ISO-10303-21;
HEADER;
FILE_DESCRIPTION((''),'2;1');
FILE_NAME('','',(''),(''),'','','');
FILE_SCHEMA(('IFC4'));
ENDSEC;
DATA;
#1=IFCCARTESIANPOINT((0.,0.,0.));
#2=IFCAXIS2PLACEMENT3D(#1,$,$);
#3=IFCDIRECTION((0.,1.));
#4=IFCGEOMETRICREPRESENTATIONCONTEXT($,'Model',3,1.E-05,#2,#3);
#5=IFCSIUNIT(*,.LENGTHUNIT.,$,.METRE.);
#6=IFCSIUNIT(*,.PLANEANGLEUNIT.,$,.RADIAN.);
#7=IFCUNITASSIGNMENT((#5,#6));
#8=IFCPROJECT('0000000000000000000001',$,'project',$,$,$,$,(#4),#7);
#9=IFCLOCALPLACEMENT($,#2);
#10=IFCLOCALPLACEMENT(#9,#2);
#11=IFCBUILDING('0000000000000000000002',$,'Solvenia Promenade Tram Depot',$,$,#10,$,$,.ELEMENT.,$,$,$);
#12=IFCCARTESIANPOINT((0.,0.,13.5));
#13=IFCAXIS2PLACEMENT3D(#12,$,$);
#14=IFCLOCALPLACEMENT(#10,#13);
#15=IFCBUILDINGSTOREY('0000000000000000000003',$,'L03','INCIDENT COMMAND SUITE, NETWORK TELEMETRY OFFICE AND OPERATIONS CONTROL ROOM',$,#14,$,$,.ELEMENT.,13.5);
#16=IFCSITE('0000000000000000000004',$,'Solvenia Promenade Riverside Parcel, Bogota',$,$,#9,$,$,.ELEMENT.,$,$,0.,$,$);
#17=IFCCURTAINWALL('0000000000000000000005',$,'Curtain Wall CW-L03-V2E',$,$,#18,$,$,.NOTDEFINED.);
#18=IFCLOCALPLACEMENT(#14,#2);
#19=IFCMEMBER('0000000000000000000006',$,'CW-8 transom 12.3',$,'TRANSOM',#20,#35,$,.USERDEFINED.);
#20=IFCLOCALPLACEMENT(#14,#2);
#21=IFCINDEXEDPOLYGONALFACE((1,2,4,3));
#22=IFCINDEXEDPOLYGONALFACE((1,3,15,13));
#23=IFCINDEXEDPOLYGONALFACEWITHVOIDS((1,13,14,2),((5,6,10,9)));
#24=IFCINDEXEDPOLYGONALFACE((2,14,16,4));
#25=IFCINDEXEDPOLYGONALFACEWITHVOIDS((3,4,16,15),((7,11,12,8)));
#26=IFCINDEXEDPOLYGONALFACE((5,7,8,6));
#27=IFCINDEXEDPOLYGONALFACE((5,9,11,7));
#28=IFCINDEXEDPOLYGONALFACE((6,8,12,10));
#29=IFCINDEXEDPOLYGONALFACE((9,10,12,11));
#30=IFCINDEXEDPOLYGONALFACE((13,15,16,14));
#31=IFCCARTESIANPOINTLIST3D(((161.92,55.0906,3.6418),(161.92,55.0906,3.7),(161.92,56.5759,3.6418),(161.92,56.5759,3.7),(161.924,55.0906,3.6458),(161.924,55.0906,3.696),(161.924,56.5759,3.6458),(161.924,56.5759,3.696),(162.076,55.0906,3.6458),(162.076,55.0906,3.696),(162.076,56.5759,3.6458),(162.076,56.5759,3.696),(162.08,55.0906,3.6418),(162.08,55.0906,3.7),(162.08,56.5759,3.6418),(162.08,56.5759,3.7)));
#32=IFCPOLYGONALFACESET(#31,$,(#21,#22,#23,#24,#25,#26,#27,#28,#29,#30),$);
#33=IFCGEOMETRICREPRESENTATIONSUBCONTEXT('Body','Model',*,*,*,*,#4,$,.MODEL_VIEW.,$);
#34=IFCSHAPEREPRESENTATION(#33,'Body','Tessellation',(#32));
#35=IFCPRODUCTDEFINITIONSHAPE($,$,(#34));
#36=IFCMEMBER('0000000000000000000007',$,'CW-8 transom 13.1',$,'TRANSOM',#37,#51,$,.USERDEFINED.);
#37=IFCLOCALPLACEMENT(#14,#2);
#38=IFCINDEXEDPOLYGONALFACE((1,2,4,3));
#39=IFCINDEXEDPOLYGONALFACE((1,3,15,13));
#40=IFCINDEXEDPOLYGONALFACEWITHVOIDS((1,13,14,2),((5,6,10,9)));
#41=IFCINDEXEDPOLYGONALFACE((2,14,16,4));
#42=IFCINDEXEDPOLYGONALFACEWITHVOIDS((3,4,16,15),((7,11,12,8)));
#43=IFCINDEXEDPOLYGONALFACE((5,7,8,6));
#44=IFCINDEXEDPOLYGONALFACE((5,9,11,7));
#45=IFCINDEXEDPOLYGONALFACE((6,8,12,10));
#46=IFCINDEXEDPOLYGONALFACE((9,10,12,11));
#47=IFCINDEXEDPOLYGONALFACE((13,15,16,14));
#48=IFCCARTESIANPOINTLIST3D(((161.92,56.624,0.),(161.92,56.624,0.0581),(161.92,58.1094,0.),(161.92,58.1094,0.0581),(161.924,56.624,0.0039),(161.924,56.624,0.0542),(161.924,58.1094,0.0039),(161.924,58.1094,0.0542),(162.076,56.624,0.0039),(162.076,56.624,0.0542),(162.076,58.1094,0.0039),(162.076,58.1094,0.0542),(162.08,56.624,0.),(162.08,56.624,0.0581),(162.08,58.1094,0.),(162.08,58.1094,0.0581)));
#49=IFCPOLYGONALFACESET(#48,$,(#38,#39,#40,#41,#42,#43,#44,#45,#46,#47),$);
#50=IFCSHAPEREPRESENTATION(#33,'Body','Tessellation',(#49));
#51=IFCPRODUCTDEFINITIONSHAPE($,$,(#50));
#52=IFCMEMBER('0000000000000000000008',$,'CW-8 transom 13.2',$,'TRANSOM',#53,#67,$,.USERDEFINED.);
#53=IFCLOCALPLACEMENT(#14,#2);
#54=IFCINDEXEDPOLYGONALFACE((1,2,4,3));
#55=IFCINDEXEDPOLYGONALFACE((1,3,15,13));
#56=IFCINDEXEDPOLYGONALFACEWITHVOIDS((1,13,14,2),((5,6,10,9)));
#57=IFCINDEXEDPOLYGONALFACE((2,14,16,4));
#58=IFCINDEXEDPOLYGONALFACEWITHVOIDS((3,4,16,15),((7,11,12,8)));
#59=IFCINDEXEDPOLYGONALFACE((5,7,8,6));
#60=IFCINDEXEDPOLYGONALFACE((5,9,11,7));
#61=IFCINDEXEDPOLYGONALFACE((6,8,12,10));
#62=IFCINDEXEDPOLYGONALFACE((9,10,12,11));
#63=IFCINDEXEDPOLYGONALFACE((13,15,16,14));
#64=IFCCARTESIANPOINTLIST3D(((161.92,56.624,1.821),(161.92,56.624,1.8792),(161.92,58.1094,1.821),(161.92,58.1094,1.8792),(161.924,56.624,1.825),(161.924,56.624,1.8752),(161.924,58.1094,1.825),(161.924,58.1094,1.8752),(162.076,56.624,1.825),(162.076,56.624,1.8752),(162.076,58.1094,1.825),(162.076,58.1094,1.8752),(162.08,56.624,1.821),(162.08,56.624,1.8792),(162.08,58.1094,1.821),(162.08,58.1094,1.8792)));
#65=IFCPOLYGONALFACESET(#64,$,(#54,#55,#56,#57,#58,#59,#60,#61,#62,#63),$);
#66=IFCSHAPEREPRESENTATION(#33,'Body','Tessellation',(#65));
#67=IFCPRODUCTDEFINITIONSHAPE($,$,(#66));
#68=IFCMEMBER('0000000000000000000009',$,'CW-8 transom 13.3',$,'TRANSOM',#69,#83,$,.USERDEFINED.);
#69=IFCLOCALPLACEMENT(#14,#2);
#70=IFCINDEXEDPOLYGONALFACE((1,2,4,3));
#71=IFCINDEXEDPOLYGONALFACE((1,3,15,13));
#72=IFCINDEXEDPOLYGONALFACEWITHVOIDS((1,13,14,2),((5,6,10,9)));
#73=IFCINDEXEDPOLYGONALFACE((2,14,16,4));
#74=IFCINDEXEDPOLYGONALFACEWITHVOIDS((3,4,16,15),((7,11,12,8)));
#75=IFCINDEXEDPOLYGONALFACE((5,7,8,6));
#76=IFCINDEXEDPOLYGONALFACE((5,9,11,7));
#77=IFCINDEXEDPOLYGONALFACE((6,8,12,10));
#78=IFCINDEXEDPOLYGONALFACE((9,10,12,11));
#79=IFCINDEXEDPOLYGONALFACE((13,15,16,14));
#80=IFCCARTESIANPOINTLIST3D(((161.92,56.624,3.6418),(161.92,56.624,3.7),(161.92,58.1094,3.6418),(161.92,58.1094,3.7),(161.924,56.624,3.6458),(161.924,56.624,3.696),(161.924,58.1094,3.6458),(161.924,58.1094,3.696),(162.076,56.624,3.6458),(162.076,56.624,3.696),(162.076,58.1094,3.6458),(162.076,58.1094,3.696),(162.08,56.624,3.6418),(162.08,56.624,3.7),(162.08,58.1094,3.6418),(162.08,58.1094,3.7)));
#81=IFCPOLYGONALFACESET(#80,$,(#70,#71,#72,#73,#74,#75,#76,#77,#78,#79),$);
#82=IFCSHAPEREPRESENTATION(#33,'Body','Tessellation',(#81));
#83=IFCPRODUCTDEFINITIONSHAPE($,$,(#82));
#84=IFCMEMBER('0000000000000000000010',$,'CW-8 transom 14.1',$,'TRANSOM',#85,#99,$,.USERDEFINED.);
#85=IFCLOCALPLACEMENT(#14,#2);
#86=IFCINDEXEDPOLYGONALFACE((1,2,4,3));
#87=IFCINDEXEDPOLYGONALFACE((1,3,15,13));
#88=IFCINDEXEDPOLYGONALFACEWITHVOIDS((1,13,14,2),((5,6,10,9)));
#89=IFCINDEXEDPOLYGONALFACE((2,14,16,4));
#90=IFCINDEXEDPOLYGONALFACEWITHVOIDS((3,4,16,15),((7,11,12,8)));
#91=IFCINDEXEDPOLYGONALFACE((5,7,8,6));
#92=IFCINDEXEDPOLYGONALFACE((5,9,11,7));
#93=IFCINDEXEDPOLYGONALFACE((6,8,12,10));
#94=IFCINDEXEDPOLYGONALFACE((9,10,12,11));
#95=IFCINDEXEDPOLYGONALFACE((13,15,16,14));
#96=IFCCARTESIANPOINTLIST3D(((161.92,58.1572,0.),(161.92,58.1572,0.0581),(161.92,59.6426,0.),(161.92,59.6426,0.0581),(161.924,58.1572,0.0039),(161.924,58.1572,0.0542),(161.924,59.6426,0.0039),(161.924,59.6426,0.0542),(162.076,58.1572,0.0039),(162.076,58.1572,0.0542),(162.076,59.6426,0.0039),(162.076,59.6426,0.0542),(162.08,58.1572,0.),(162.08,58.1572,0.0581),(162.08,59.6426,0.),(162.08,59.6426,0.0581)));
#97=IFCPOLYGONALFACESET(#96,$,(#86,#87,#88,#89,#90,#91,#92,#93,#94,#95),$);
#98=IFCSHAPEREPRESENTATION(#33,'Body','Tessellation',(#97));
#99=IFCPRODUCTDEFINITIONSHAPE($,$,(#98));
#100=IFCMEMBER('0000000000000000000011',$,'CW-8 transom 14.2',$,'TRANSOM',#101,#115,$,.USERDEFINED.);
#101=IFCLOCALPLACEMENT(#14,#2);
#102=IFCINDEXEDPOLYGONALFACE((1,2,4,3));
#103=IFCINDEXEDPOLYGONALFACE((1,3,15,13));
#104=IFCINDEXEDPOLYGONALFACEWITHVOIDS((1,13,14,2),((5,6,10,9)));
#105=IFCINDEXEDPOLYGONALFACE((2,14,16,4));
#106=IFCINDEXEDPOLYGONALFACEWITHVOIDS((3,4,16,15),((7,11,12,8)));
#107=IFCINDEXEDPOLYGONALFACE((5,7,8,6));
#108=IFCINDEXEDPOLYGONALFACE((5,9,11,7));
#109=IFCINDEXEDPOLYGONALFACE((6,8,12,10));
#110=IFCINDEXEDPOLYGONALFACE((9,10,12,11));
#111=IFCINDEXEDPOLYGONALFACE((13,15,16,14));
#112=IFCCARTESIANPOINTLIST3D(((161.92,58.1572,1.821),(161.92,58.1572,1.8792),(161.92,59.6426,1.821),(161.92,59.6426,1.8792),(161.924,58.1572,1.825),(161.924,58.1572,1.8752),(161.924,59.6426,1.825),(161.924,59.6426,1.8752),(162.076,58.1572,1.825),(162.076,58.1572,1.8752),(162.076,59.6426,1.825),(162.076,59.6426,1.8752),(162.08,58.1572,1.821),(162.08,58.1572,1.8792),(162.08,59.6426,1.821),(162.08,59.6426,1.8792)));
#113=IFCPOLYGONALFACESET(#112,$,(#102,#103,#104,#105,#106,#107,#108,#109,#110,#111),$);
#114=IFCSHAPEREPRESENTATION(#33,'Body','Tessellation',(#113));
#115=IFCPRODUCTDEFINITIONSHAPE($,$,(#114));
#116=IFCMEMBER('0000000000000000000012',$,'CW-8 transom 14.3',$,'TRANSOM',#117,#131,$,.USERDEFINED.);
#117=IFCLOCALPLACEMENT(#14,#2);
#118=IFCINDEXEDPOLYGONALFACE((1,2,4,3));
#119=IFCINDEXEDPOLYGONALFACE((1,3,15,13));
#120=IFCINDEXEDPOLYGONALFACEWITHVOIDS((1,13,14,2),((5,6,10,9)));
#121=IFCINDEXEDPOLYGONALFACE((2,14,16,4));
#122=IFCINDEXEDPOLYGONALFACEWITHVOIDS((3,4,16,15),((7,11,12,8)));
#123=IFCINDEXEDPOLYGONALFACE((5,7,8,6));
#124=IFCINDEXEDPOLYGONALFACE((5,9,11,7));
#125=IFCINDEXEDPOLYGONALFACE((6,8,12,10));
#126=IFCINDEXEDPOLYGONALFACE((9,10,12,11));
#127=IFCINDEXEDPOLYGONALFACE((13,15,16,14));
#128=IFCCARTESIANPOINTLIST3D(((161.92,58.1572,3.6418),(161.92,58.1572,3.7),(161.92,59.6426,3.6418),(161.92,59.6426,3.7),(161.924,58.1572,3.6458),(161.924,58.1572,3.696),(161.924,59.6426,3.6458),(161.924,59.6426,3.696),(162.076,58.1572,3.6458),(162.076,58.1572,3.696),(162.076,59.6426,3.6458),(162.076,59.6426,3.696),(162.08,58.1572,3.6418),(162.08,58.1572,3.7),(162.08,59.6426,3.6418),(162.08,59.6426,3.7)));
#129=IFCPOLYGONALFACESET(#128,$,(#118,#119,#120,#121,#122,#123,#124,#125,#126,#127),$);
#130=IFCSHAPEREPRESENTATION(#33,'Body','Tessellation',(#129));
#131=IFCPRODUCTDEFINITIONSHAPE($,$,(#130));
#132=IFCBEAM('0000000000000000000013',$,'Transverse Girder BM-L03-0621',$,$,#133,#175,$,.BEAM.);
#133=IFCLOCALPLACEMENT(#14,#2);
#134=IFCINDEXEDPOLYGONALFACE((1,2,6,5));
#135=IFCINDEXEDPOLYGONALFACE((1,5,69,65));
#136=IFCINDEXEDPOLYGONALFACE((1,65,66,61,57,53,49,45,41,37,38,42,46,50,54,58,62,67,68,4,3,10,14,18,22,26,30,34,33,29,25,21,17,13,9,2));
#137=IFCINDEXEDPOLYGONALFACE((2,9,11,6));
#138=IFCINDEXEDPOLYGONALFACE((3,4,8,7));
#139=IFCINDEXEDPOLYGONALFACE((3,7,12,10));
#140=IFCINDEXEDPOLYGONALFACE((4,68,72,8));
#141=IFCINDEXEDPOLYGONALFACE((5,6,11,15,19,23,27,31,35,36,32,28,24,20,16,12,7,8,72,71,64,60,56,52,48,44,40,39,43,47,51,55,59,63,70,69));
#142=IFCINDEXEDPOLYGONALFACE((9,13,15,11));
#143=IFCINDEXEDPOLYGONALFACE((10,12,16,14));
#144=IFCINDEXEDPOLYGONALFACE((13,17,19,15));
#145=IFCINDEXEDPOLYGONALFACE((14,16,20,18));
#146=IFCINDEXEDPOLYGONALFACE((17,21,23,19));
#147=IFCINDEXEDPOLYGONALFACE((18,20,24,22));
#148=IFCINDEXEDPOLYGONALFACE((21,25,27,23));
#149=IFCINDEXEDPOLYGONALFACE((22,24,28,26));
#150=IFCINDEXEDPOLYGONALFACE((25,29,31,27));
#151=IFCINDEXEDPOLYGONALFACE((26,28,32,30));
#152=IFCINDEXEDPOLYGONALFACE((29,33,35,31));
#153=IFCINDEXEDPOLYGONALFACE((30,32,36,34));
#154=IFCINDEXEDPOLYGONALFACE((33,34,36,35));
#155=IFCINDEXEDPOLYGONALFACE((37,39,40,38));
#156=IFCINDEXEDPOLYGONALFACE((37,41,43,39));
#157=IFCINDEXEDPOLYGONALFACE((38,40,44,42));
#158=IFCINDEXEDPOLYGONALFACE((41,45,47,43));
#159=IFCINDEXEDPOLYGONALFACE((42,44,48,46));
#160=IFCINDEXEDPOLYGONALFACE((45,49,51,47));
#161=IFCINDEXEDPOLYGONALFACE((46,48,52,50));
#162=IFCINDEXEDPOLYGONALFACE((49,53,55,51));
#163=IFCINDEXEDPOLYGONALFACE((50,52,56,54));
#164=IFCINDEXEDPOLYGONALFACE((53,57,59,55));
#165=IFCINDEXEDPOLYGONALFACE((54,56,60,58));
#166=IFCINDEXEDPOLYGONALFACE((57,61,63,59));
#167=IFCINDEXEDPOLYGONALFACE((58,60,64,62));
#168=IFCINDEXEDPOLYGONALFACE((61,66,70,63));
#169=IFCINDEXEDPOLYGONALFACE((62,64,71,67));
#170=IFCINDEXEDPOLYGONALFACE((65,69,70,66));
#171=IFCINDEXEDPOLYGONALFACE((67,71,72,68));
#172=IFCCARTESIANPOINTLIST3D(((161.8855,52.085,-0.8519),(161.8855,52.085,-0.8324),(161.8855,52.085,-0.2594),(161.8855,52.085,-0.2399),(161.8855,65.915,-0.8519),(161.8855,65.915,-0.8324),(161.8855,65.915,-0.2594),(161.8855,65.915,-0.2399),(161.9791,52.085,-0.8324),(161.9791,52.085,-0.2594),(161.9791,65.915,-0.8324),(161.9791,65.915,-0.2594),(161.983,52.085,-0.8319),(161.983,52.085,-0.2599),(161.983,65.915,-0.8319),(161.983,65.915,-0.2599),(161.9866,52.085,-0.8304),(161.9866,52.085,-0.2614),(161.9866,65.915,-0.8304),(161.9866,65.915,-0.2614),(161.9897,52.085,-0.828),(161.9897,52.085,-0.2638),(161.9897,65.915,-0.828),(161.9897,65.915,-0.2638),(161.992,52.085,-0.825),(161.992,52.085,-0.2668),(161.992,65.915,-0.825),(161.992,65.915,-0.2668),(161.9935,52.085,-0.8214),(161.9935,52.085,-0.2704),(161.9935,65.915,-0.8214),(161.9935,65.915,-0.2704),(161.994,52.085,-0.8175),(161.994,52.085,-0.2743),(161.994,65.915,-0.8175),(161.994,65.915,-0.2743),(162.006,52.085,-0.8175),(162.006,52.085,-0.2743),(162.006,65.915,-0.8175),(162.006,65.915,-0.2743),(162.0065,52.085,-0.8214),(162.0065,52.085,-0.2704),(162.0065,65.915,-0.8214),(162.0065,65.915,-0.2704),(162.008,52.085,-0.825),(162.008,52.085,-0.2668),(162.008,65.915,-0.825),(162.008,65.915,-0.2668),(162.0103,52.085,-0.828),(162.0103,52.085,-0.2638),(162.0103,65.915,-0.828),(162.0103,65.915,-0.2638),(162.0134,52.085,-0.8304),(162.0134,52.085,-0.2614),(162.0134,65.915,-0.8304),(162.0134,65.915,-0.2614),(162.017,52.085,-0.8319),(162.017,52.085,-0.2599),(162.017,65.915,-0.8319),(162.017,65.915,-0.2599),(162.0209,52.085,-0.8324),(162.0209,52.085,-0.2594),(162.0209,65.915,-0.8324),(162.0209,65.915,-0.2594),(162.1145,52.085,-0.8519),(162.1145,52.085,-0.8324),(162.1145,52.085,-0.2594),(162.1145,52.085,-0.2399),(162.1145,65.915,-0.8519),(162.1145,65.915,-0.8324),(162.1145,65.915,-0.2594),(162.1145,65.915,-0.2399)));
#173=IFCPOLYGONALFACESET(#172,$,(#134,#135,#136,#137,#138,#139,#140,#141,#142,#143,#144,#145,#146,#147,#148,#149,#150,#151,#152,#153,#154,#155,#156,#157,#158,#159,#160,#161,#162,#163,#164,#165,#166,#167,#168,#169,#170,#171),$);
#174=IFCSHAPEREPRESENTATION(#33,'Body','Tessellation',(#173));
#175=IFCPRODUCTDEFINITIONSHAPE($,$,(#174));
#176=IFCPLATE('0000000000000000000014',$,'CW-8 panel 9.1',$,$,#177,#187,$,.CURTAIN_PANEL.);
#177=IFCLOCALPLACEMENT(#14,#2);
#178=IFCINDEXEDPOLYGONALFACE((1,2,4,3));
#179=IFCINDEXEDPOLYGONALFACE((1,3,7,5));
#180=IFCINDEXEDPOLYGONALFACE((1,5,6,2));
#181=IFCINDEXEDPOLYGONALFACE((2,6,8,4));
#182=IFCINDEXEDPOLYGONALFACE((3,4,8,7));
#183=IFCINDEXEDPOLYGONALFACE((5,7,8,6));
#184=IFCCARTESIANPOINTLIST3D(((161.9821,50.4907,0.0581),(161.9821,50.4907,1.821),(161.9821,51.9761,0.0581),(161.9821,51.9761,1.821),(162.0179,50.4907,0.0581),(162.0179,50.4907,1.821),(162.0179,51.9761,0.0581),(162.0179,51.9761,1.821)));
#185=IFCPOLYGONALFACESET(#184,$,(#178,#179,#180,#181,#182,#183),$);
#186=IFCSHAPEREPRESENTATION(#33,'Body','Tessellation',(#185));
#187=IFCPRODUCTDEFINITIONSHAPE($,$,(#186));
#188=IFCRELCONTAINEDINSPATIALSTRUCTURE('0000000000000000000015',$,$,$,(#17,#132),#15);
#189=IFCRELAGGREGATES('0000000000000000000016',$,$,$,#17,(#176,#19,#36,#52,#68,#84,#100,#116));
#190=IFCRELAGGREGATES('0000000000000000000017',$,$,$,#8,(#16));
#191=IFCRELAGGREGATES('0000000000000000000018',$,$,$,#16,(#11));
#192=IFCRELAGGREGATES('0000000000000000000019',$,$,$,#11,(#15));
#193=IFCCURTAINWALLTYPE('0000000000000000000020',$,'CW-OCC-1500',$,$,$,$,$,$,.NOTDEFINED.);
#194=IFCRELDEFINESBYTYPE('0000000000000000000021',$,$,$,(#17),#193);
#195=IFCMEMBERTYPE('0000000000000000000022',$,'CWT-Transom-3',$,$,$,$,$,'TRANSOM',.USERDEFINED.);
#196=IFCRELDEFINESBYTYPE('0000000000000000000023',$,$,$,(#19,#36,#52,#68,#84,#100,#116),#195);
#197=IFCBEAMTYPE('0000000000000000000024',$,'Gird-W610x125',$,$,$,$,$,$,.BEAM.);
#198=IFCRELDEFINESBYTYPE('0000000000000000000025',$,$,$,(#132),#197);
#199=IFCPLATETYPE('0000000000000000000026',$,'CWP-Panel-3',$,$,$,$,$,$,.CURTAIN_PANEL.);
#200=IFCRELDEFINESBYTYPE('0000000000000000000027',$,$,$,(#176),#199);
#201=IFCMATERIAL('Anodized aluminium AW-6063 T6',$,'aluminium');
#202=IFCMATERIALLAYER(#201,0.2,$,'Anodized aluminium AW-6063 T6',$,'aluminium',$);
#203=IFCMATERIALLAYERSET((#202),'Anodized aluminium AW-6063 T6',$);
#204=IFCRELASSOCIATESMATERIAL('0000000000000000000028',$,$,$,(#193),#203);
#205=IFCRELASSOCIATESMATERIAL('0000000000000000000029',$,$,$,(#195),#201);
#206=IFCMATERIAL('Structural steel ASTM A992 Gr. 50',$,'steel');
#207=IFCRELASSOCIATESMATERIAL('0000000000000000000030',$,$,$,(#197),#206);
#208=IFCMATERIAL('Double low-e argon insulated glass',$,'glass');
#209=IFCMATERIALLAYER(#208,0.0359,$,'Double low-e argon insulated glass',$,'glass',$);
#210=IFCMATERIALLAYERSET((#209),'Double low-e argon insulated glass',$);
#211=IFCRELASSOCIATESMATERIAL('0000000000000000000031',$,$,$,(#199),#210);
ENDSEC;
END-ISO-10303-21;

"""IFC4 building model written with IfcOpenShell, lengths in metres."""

from ifc_helpers import new_model, si_unit, direction, frame, origin, origin_2d, place, context, subcontext, project, spatial, rectangle, hollow_rectangle, i_section, extrude, material, layer, layer_set, material_profile, profile_set, type_object, element, aggregate, save


model = new_model("IFC4")

# Units and contexts
model_context = context("Model", 3, precision=1e-05, world=origin(), true_north=direction((0.0, 1.0)))
body_context = subcontext(model_context, "Body", "Model", "MODEL_VIEW")
ifc_project = project(units=[si_unit("LENGTHUNIT", "METRE"), si_unit("PLANEANGLEUNIT", "RADIAN")], contexts=[model_context])

# Site, building, storey
site_placement = place(None, origin())
site = spatial("IfcSite", under=ifc_project, at=site_placement, Name="Solvenia Promenade Riverside Parcel, Bogota", CompositionType="ELEMENT", RefElevation=0.0)
building_placement = place(site_placement, origin())
building = spatial("IfcBuilding", under=site, at=building_placement, Name="Solvenia Promenade Tram Depot", CompositionType="ELEMENT")
storey_placement = place(building_placement, frame((0.0, 0.0, 13.5)))
storey = spatial("IfcBuildingStorey", under=building, at=storey_placement, Name="L03", Description="INCIDENT COMMAND SUITE, NETWORK TELEMETRY OFFICE AND OPERATIONS CONTROL ROOM", CompositionType="ELEMENT", Elevation=13.5)

# Shared definitions
ifc_material_1 = material(Name="Structural steel ASTM A992 Gr. 50", Category="steel")

# Curtain wall, members
ifc_material_2 = material(Name="Anodized aluminium AW-6063 T6", Category="aluminium")
ifc_layer_1 = layer(ifc_material_2, 0.2, Name="Anodized aluminium AW-6063 T6", Category="aluminium")
ifc_layer_set_1 = layer_set([ifc_layer_1], Name="Anodized aluminium AW-6063 T6")
curtain_wall_type = type_object("IfcCurtainWallType", Name="CW-OCC-1500", PredefinedType="NOTDEFINED", material=ifc_layer_set_1)
curtain_wall_placement = place(storey_placement, origin())
curtain_wall = element("IfcCurtainWall", 1, at=curtain_wall_placement, inside=storey, type_object=curtain_wall_type, Name="Curtain Wall CW-L03-V2E", PredefinedType="NOTDEFINED")
ifc_material_profile_1 = material_profile(ifc_material_2, hollow_rectangle(XDim=0.1599, YDim=0.0581, WallThickness=0.0039, at=origin_2d()), Name="ALU-T3", Category="aluminium")
ifc_profile_set_1 = profile_set([ifc_material_profile_1], Name="Anodized aluminium AW-6063 T6")
member_type_1 = type_object("IfcMemberType", Name="CWT-Transom-3", ElementType="TRANSOM", PredefinedType="USERDEFINED", material=ifc_profile_set_1)
member_1_placement = place(storey_placement, frame((162.0, 55.0906, 3.6709), z_axis=(0.0, 1.0, 0.0), x_axis=(-1.0, 0.0, 0.0)))
member_1 = element("IfcMember", 2, at=member_1_placement, type_object=member_type_1, Name="CW-8 transom 12.3", ObjectType="TRANSOM", PredefinedType="USERDEFINED", context=body_context, shape_type="SweptSolid", body=[
    extrude(hollow_rectangle(XDim=0.1599, YDim=0.0581, WallThickness=0.0039, at=origin_2d()), origin(), (0.0, 0.0, 1.0), 1.4854),
])
member_2_placement = place(storey_placement, frame((162.0, 56.624, 0.0291), z_axis=(0.0, 1.0, 0.0), x_axis=(-1.0, 0.0, 0.0)))
member_2 = element("IfcMember", 3, at=member_2_placement, type_object=member_type_1, Name="CW-8 transom 13.1", ObjectType="TRANSOM", PredefinedType="USERDEFINED", context=body_context, shape_type="SweptSolid", body=[
    extrude(hollow_rectangle(XDim=0.1599, YDim=0.0581, WallThickness=0.0039, at=origin_2d()), origin(), (0.0, 0.0, 1.0), 1.4854),
])
member_3_placement = place(storey_placement, frame((162.0, 56.624, 1.8501), z_axis=(0.0, 1.0, 0.0), x_axis=(-1.0, 0.0, 0.0)))
member_3 = element("IfcMember", 4, at=member_3_placement, type_object=member_type_1, Name="CW-8 transom 13.2", ObjectType="TRANSOM", PredefinedType="USERDEFINED", context=body_context, shape_type="SweptSolid", body=[
    extrude(hollow_rectangle(XDim=0.1599, YDim=0.0581, WallThickness=0.0039, at=origin_2d()), origin(), (0.0, 0.0, 1.0), 1.4854),
])
member_4_placement = place(storey_placement, frame((162.0, 56.624, 3.6709), z_axis=(0.0, 1.0, 0.0), x_axis=(-1.0, 0.0, 0.0)))
member_4 = element("IfcMember", 5, at=member_4_placement, type_object=member_type_1, Name="CW-8 transom 13.3", ObjectType="TRANSOM", PredefinedType="USERDEFINED", context=body_context, shape_type="SweptSolid", body=[
    extrude(hollow_rectangle(XDim=0.1599, YDim=0.0581, WallThickness=0.0039, at=origin_2d()), origin(), (0.0, 0.0, 1.0), 1.4854),
])
member_5_placement = place(storey_placement, frame((162.0, 58.1572, 0.0291), z_axis=(0.0, 1.0, 0.0), x_axis=(-1.0, 0.0, 0.0)))
member_5 = element("IfcMember", 6, at=member_5_placement, type_object=member_type_1, Name="CW-8 transom 14.1", ObjectType="TRANSOM", PredefinedType="USERDEFINED", context=body_context, shape_type="SweptSolid", body=[
    extrude(hollow_rectangle(XDim=0.1599, YDim=0.0581, WallThickness=0.0039, at=origin_2d()), origin(), (0.0, 0.0, 1.0), 1.4854),
])
member_6_placement = place(storey_placement, frame((162.0, 58.1572, 1.8501), z_axis=(0.0, 1.0, 0.0), x_axis=(-1.0, 0.0, 0.0)))
member_6 = element("IfcMember", 7, at=member_6_placement, type_object=member_type_1, Name="CW-8 transom 14.2", ObjectType="TRANSOM", PredefinedType="USERDEFINED", context=body_context, shape_type="SweptSolid", body=[
    extrude(hollow_rectangle(XDim=0.1599, YDim=0.0581, WallThickness=0.0039, at=origin_2d()), origin(), (0.0, 0.0, 1.0), 1.4854),
])
member_7_placement = place(storey_placement, frame((162.0, 58.1572, 3.6709), z_axis=(0.0, 1.0, 0.0), x_axis=(-1.0, 0.0, 0.0)))
member_7 = element("IfcMember", 8, at=member_7_placement, type_object=member_type_1, Name="CW-8 transom 14.3", ObjectType="TRANSOM", PredefinedType="USERDEFINED", context=body_context, shape_type="SweptSolid", body=[
    extrude(hollow_rectangle(XDim=0.1599, YDim=0.0581, WallThickness=0.0039, at=origin_2d()), origin(), (0.0, 0.0, 1.0), 1.4854),
])

# Beam
ifc_material_profile_2 = material_profile(ifc_material_1, i_section(OverallWidth=0.229, OverallDepth=0.6121, WebThickness=0.012, FlangeThickness=0.0195, FilletRadius=0.0149, at=origin_2d()), Name="W610x125", Category="steel")
ifc_profile_set_2 = profile_set([ifc_material_profile_2], Name="Structural steel ASTM A992 Gr. 50")
beam_type_1 = type_object("IfcBeamType", Name="Gird-W610x125", PredefinedType="BEAM", material=ifc_profile_set_2)
beam_1_placement = place(storey_placement, frame((162.0, 52.085, -0.5459), z_axis=(0.0, 1.0, 0.0), x_axis=(-1.0, 0.0, 0.0)))
element("IfcBeam", 9, at=beam_1_placement, inside=storey, type_object=beam_type_1, Name="Transverse Girder BM-L03-0621", PredefinedType="BEAM", context=body_context, shape_type="SweptSolid", body=[
    extrude(i_section(OverallWidth=0.229, OverallDepth=0.6121, WebThickness=0.012, FlangeThickness=0.0195, FilletRadius=0.0149, at=origin_2d()), origin(), (0.0, 0.0, 1.0), 13.8301),
])

# Plate
ifc_material_3 = material(Name="Double low-e argon insulated glass", Category="glass")
ifc_layer_2 = layer(ifc_material_3, 0.0359, Name="Double low-e argon insulated glass", Category="glass")
ifc_layer_set_2 = layer_set([ifc_layer_2], Name="Double low-e argon insulated glass")
plate_type = type_object("IfcPlateType", Name="CWP-Panel-3", PredefinedType="CURTAIN_PANEL", material=ifc_layer_set_2)
plate_1_placement = place(storey_placement, frame((162.0, 51.2334, 0.0581), z_axis=(0.0, 0.0, 1.0), x_axis=(0.0, 1.0, 0.0)))
plate_1 = element("IfcPlate", 10, at=plate_1_placement, type_object=plate_type, Name="CW-8 panel 9.1", PredefinedType="CURTAIN_PANEL", context=body_context, shape_type="SweptSolid", body=[
    extrude(rectangle(XDim=1.4854, YDim=0.0359, at=origin_2d()), origin(), (0.0, 0.0, 1.0), 1.7629),
])
aggregate(curtain_wall, [plate_1, member_1, member_2, member_3, member_4, member_5, member_6, member_7])

save(model, "model.ifc")
